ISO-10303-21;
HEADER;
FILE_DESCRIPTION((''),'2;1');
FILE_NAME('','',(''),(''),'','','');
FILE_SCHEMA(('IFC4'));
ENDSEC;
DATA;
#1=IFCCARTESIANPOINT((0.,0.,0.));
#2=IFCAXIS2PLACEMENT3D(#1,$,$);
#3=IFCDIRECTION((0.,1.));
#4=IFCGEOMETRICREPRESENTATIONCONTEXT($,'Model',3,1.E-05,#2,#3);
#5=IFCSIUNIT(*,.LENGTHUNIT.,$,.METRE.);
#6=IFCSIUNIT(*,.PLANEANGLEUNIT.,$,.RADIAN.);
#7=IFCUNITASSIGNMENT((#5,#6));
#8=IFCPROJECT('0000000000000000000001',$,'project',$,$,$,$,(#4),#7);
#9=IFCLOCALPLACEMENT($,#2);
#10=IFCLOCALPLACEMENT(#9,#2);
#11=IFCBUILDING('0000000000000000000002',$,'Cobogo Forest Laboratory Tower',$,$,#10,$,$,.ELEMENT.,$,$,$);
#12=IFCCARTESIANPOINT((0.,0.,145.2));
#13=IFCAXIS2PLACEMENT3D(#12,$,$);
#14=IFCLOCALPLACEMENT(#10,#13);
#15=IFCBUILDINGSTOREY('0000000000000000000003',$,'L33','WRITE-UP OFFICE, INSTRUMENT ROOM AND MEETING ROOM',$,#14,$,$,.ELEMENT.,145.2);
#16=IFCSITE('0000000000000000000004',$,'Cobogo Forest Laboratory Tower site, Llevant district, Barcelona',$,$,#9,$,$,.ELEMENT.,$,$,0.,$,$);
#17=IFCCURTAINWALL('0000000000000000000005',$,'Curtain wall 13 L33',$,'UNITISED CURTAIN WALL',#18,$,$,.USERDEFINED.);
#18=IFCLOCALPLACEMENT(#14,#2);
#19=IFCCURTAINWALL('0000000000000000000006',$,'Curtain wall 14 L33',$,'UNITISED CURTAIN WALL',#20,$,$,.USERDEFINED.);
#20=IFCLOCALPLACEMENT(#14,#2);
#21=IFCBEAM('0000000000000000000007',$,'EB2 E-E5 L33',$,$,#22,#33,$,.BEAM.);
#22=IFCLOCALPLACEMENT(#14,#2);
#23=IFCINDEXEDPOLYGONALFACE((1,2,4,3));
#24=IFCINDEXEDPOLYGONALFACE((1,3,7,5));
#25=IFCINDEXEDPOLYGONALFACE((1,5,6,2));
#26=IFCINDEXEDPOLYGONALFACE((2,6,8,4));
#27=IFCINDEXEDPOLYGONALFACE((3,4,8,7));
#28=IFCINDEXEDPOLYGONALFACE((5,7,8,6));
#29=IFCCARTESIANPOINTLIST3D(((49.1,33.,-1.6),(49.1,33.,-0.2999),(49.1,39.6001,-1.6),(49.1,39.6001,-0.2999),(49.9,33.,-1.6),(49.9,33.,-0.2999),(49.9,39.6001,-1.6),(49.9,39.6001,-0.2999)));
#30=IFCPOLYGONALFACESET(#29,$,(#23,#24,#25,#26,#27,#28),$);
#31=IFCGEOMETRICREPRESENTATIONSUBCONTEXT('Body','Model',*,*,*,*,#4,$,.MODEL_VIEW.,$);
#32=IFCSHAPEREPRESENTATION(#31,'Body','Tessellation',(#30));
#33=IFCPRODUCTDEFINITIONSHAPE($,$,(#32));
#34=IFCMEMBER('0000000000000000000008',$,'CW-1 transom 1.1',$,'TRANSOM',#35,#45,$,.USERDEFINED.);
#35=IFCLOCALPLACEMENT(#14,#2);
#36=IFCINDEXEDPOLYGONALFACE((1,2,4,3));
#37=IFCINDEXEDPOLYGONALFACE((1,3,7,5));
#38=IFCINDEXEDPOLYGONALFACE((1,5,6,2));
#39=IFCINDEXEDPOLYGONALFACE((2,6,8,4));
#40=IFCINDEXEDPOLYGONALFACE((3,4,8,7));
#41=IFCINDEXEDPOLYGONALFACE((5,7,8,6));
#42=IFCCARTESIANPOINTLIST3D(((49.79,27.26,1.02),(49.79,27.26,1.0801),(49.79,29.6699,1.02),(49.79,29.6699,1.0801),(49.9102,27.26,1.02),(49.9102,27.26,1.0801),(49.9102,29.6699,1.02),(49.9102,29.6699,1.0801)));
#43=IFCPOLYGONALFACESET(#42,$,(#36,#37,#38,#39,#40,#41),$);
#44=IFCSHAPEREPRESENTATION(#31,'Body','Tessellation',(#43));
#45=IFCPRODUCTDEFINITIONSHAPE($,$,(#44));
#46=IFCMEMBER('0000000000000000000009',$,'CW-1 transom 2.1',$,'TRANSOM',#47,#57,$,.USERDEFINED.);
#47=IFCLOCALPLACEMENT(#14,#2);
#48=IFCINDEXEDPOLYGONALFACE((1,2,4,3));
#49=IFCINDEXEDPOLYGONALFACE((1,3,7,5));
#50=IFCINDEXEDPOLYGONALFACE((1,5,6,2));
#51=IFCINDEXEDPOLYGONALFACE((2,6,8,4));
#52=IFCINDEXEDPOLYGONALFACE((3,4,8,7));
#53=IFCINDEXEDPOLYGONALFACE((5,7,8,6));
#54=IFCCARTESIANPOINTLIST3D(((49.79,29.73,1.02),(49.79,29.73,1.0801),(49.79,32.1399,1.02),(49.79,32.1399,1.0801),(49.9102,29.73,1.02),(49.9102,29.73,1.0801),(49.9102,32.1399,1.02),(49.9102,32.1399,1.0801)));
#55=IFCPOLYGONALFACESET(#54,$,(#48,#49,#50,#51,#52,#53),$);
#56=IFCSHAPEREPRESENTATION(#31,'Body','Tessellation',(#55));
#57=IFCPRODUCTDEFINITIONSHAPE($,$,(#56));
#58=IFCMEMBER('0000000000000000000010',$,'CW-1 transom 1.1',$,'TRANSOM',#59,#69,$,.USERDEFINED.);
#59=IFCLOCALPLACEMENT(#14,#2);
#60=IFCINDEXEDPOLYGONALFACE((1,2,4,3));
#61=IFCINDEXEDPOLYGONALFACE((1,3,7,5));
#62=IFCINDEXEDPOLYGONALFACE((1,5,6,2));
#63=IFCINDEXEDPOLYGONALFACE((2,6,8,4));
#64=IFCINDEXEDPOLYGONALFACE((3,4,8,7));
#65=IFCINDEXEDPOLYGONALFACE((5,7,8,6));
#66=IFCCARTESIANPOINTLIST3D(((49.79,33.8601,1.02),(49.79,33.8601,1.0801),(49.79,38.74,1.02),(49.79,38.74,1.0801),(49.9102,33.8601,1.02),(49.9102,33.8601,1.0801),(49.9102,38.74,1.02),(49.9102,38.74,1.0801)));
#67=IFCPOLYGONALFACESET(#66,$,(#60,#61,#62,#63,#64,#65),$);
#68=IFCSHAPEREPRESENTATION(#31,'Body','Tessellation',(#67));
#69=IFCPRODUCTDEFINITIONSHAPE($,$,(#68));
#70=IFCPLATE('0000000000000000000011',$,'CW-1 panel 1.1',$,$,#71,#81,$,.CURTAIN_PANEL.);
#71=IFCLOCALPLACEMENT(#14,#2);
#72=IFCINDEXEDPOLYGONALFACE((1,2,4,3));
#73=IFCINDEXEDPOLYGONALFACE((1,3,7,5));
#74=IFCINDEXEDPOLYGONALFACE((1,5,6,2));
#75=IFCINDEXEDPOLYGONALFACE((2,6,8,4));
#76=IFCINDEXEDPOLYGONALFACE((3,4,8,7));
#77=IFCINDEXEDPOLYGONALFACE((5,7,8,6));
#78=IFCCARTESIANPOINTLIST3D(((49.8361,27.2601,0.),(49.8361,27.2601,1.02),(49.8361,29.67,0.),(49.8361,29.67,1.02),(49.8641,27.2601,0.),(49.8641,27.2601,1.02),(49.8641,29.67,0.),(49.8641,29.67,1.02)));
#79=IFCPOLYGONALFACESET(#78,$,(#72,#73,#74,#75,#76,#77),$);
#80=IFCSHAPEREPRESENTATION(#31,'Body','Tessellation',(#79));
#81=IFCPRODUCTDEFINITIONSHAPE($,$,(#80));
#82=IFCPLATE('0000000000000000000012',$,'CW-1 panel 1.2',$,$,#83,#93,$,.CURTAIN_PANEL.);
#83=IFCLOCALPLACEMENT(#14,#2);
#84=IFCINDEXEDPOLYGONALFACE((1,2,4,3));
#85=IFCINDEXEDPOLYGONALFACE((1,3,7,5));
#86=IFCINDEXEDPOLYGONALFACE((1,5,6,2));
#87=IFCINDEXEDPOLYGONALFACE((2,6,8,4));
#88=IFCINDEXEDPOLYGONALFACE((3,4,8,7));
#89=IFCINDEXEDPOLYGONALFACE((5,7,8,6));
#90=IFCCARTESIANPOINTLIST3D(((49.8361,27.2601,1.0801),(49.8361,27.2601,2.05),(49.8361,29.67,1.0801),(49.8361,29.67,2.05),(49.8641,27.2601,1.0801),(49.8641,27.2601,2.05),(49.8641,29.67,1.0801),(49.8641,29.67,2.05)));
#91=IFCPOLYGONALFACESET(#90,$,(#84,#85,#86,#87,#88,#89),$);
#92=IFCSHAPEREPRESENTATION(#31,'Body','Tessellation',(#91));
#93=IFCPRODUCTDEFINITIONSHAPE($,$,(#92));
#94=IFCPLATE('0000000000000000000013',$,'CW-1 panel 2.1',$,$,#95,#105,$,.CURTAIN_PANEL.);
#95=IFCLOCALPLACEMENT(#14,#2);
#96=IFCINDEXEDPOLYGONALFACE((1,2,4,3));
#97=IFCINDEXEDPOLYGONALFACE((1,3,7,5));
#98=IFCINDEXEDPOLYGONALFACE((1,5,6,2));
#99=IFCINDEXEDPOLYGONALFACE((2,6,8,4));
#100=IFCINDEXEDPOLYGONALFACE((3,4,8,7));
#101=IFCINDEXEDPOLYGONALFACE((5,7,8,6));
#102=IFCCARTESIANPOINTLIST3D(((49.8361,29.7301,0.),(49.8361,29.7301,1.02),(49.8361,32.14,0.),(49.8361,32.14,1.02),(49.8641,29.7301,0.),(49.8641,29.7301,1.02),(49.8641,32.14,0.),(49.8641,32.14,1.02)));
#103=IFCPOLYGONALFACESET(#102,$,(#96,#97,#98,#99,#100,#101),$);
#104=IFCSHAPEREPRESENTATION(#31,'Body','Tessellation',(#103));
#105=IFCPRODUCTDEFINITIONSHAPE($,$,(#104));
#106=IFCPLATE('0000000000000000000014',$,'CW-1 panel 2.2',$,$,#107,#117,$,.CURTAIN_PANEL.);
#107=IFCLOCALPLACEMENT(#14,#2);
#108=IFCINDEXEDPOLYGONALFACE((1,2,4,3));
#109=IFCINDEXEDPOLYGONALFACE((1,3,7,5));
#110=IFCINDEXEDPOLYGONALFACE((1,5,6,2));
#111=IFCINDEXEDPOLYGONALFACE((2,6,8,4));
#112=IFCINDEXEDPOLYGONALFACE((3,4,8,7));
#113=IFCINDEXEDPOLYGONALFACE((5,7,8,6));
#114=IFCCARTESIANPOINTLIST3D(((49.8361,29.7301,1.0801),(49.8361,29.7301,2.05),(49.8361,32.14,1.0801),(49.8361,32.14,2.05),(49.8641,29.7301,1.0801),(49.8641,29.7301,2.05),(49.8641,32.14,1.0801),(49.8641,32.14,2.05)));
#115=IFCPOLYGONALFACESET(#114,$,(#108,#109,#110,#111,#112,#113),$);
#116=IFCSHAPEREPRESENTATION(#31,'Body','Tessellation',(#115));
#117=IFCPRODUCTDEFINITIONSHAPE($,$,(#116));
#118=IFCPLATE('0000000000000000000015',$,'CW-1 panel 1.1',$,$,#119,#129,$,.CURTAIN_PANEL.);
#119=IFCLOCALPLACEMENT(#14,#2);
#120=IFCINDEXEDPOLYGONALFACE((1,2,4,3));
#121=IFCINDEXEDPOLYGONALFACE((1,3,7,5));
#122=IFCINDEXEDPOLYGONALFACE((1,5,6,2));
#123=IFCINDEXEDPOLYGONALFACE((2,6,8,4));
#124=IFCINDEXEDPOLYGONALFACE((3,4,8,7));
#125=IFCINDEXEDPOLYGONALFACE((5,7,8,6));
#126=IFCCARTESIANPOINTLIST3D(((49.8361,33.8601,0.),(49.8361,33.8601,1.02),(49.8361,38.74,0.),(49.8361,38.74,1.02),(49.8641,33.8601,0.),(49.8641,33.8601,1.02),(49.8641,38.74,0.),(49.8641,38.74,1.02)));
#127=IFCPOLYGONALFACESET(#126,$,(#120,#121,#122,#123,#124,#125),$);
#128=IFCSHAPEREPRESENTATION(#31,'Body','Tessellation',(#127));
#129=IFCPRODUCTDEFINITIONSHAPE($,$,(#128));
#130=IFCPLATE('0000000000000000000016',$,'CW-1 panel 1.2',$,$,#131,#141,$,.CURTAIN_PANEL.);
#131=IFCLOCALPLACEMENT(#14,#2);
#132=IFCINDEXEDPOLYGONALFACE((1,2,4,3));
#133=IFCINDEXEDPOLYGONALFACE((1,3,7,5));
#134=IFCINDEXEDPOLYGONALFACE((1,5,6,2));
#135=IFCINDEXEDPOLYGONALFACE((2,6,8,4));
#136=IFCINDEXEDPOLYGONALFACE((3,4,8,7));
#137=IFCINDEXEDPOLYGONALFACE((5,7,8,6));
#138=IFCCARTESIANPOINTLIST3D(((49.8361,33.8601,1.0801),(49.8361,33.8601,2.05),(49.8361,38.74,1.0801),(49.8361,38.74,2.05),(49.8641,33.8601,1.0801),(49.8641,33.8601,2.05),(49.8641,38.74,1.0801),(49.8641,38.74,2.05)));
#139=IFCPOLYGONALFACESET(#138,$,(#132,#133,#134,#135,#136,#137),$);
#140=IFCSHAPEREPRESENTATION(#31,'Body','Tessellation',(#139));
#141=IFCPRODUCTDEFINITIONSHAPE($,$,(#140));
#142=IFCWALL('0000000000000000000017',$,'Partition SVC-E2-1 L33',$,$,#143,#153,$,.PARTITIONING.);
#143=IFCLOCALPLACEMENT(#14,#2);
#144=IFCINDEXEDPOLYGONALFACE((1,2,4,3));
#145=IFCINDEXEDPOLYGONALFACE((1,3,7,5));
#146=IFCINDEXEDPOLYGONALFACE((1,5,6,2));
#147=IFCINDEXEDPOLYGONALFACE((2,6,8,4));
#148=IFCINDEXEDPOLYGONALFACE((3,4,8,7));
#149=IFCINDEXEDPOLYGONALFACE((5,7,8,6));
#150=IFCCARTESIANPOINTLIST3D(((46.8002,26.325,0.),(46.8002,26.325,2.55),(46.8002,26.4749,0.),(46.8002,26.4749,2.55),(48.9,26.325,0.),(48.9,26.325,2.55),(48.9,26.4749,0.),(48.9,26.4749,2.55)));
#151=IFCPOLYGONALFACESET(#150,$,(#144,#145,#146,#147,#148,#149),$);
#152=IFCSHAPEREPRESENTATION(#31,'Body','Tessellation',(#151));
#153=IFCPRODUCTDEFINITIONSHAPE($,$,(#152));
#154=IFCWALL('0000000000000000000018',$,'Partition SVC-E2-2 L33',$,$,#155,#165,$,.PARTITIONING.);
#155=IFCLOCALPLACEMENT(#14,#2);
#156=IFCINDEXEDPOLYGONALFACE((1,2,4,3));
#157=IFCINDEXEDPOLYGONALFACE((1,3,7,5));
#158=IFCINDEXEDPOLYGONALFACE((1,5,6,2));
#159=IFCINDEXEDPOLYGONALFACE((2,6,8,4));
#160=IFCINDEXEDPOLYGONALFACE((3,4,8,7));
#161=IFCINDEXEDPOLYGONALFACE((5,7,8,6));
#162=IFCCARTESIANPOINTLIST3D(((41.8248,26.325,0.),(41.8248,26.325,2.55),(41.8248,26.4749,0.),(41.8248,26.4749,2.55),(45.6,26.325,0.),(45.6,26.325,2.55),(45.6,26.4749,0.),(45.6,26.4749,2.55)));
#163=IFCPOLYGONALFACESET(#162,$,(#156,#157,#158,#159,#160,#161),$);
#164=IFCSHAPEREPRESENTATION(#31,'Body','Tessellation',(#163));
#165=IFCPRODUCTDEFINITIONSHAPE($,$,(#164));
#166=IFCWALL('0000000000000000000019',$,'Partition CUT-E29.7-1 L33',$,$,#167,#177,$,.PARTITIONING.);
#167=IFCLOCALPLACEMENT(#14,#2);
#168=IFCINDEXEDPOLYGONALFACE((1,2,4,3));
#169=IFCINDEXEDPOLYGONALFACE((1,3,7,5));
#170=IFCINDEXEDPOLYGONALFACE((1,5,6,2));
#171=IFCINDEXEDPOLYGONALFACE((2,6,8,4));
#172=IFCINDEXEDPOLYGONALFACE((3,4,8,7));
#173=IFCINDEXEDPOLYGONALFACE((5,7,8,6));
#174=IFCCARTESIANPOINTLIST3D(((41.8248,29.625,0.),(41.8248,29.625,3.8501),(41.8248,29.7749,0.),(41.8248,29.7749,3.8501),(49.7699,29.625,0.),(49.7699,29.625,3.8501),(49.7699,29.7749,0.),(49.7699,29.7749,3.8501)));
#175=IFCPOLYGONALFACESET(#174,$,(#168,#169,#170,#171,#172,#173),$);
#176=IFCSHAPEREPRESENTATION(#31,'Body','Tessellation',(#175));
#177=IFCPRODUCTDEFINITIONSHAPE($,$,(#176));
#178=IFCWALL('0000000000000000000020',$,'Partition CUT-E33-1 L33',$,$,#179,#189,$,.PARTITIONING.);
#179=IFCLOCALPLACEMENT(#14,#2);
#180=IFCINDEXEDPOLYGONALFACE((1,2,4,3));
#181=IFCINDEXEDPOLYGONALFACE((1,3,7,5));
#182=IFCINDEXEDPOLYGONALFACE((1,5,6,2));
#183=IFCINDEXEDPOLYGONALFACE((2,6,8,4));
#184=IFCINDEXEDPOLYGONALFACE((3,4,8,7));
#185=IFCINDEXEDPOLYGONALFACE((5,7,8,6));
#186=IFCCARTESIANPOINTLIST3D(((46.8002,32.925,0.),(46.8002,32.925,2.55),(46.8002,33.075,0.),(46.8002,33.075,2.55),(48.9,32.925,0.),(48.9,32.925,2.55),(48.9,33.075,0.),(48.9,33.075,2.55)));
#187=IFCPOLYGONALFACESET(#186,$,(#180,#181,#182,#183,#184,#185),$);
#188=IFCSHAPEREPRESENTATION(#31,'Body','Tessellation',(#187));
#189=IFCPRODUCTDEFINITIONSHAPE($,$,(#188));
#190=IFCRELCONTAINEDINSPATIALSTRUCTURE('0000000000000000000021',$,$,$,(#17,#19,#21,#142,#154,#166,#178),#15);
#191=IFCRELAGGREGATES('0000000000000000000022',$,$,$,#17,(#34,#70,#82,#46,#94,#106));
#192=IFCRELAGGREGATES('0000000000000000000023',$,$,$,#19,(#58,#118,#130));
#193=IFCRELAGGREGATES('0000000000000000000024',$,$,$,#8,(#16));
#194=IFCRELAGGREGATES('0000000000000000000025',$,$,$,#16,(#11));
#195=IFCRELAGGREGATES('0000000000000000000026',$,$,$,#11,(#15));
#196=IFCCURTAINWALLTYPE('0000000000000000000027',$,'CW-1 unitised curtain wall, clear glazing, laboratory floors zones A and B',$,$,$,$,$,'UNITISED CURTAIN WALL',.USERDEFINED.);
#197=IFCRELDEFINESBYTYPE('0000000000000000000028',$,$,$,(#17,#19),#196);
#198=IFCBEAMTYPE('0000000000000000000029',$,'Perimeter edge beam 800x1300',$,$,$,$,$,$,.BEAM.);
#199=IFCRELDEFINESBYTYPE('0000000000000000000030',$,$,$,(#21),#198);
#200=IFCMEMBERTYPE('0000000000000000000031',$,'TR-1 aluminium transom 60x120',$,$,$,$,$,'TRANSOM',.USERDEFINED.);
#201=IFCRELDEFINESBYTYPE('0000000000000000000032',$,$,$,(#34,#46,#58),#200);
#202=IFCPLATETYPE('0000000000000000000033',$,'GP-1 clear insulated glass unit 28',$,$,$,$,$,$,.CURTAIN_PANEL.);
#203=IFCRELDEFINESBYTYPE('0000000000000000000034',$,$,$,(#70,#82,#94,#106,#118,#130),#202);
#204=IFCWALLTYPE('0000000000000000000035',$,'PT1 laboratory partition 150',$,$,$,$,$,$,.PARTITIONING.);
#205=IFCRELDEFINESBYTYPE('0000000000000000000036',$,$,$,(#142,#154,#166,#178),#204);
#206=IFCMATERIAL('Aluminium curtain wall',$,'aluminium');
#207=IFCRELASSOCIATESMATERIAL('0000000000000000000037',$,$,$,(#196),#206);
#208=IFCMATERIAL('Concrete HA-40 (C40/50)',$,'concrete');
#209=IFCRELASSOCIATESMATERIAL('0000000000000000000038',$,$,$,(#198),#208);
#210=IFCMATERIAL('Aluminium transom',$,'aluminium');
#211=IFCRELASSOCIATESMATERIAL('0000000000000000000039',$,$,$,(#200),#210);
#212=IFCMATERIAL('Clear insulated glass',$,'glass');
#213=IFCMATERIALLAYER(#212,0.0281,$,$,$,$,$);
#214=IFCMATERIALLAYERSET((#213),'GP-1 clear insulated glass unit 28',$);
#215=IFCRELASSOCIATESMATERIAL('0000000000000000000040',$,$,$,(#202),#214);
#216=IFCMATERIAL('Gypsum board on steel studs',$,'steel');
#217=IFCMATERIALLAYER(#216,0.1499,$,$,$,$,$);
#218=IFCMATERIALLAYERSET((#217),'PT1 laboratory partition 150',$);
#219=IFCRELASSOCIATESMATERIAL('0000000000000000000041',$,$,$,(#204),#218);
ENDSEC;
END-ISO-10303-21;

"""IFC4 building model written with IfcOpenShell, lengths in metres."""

from ifc_helpers import new_model, si_unit, direction, frame, frame_2d, origin, origin_2d, place, context, subcontext, project, spatial, rectangle, extrude, material, layer, layer_set, material_profile, profile_set, type_object, element, aggregate, save


model = new_model("IFC4")

# Units and contexts
model_context = context("Model", 3, precision=1e-05, world=origin(), true_north=direction((0.0, 1.0)))
body_context = subcontext(model_context, "Body", "Model", "MODEL_VIEW")
ifc_project = project(units=[si_unit("LENGTHUNIT", "METRE"), si_unit("PLANEANGLEUNIT", "RADIAN")], contexts=[model_context])

# Site, building, storey
site_placement = place(None, origin())
site = spatial("IfcSite", under=ifc_project, at=site_placement, Name="Cobogo Forest Laboratory Tower site, Llevant district, Barcelona", CompositionType="ELEMENT", RefElevation=0.0)
building_placement = place(site_placement, origin())
building = spatial("IfcBuilding", under=site, at=building_placement, Name="Cobogo Forest Laboratory Tower", CompositionType="ELEMENT")
storey_placement = place(building_placement, frame((0.0, 0.0, 145.2)))
storey = spatial("IfcBuildingStorey", under=building, at=storey_placement, Name="L33", Description="WRITE-UP OFFICE, INSTRUMENT ROOM AND MEETING ROOM", CompositionType="ELEMENT", Elevation=145.2)

# Shared definitions
ifc_material_1 = material(Name="Concrete HA-40 (C40/50)", Category="concrete")

# Curtain walls
ifc_material_2 = material(Name="Aluminium curtain wall", Category="aluminium")
curtain_wall_type = type_object("IfcCurtainWallType", Name="CW-1 unitised curtain wall, clear glazing, laboratory floors zones A and B", ElementType="UNITISED CURTAIN WALL", PredefinedType="USERDEFINED", material=ifc_material_2)
curtain_wall_1_placement = place(storey_placement, origin())
curtain_wall_1 = element("IfcCurtainWall", 1, at=curtain_wall_1_placement, inside=storey, type_object=curtain_wall_type, Name="Curtain wall 13 L33", ObjectType="UNITISED CURTAIN WALL", PredefinedType="USERDEFINED")
curtain_wall_2_placement = place(storey_placement, origin())
curtain_wall_2 = element("IfcCurtainWall", 2, at=curtain_wall_2_placement, inside=storey, type_object=curtain_wall_type, Name="Curtain wall 14 L33", ObjectType="UNITISED CURTAIN WALL", PredefinedType="USERDEFINED")

# Beam
ifc_material_profile_1 = material_profile(ifc_material_1, rectangle(XDim=0.8, YDim=1.3, at=origin_2d()), Name="RC 800x1300")
ifc_profile_set_1 = profile_set([ifc_material_profile_1], Name="Concrete HA-40 (C40/50)")
beam_type_1 = type_object("IfcBeamType", Name="Perimeter edge beam 800x1300", PredefinedType="BEAM", material=ifc_profile_set_1)
for number, where, z_axis, x_axis, name in (
    (3, (49.5, 33.0, -0.95), (0.0, 1.0, 0.0), (-1.0, 0.0, 0.0), "EB2 E-E5 L33"),
):
    element("IfcBeam", number, at=place(storey_placement, frame(where, z_axis=z_axis, x_axis=x_axis)), inside=storey, type_object=beam_type_1, Name=name, PredefinedType="BEAM", context=body_context, shape_type="SweptSolid", body=[
        extrude(rectangle(XDim=0.8, YDim=1.3, at=origin_2d()), origin(), (0.0, 0.0, 1.0), 6.6001),
    ])

# Members
ifc_material_3 = material(Name="Aluminium transom", Category="aluminium")
ifc_material_profile_2 = material_profile(ifc_material_3, rectangle(XDim=0.1201, YDim=0.0601, at=origin_2d()), Name="AL 60x120")
ifc_profile_set_2 = profile_set([ifc_material_profile_2], Name="Aluminium transom")
member_type_1 = type_object("IfcMemberType", Name="TR-1 aluminium transom 60x120", ElementType="TRANSOM", PredefinedType="USERDEFINED", material=ifc_profile_set_2)
member_1_placement = place(storey_placement, frame((49.8501, 27.26, 1.05), z_axis=(0.0, 1.0, 0.0), x_axis=(-1.0, 0.0, 0.0)))
member_1 = element("IfcMember", 4, at=member_1_placement, type_object=member_type_1, Name="CW-1 transom 1.1", ObjectType="TRANSOM", PredefinedType="USERDEFINED", context=body_context, shape_type="SweptSolid", body=[
    extrude(rectangle(XDim=0.1201, YDim=0.0601, at=origin_2d()), origin(), (0.0, 0.0, 1.0), 2.4099),
])
member_2_placement = place(storey_placement, frame((49.8501, 29.73, 1.05), z_axis=(0.0, 1.0, 0.0), x_axis=(-1.0, 0.0, 0.0)))
member_2 = element("IfcMember", 5, at=member_2_placement, type_object=member_type_1, Name="CW-1 transom 2.1", ObjectType="TRANSOM", PredefinedType="USERDEFINED", context=body_context, shape_type="SweptSolid", body=[
    extrude(rectangle(XDim=0.1201, YDim=0.0601, at=origin_2d()), origin(), (0.0, 0.0, 1.0), 2.4099),
])
member_3_placement = place(storey_placement, frame((49.8501, 33.8601, 1.05), z_axis=(0.0, 1.0, 0.0), x_axis=(-1.0, 0.0, 0.0)))
member_3 = element("IfcMember", 6, at=member_3_placement, type_object=member_type_1, Name="CW-1 transom 1.1", ObjectType="TRANSOM", PredefinedType="USERDEFINED", context=body_context, shape_type="SweptSolid", body=[
    extrude(rectangle(XDim=0.1201, YDim=0.0601, at=origin_2d()), origin(), (0.0, 0.0, 1.0), 4.8799),
])

# Plates
ifc_material_4 = material(Name="Clear insulated glass", Category="glass")
ifc_layer_1 = layer(ifc_material_4, 0.0281)
ifc_layer_set_1 = layer_set([ifc_layer_1], Name="GP-1 clear insulated glass unit 28")
plate_type_1 = type_object("IfcPlateType", Name="GP-1 clear insulated glass unit 28", PredefinedType="CURTAIN_PANEL", material=ifc_layer_set_1)
plate_1_placement = place(storey_placement, frame((49.8501, 28.4651, 0.0), z_axis=(0.0, 0.0, 1.0), x_axis=(0.0, 1.0, 0.0)))
plate_1 = element("IfcPlate", 7, at=plate_1_placement, type_object=plate_type_1, Name="CW-1 panel 1.1", PredefinedType="CURTAIN_PANEL", context=body_context, shape_type="SweptSolid", body=[
    extrude(rectangle(XDim=2.4099, YDim=0.0281, at=origin_2d()), origin(), (0.0, 0.0, 1.0), 1.02),
])
plate_2_placement = place(storey_placement, frame((49.8501, 28.4651, 1.0801), z_axis=(0.0, 0.0, 1.0), x_axis=(0.0, 1.0, 0.0)))
plate_2 = element("IfcPlate", 8, at=plate_2_placement, type_object=plate_type_1, Name="CW-1 panel 1.2", PredefinedType="CURTAIN_PANEL", context=body_context, shape_type="SweptSolid", body=[
    extrude(rectangle(XDim=2.4099, YDim=0.0281, at=origin_2d()), origin(), (0.0, 0.0, 1.0), 0.97),
])
plate_3_placement = place(storey_placement, frame((49.8501, 30.9351, 0.0), z_axis=(0.0, 0.0, 1.0), x_axis=(0.0, 1.0, 0.0)))
plate_3 = element("IfcPlate", 9, at=plate_3_placement, type_object=plate_type_1, Name="CW-1 panel 2.1", PredefinedType="CURTAIN_PANEL", context=body_context, shape_type="SweptSolid", body=[
    extrude(rectangle(XDim=2.4099, YDim=0.0281, at=origin_2d()), origin(), (0.0, 0.0, 1.0), 1.02),
])
plate_4_placement = place(storey_placement, frame((49.8501, 30.9351, 1.0801), z_axis=(0.0, 0.0, 1.0), x_axis=(0.0, 1.0, 0.0)))
plate_4 = element("IfcPlate", 10, at=plate_4_placement, type_object=plate_type_1, Name="CW-1 panel 2.2", PredefinedType="CURTAIN_PANEL", context=body_context, shape_type="SweptSolid", body=[
    extrude(rectangle(XDim=2.4099, YDim=0.0281, at=origin_2d()), origin(), (0.0, 0.0, 1.0), 0.97),
])
aggregate(curtain_wall_1, [member_1, plate_1, plate_2, member_2, plate_3, plate_4])
plate_5_placement = place(storey_placement, frame((49.8501, 36.3, 0.0), z_axis=(0.0, 0.0, 1.0), x_axis=(0.0, 1.0, 0.0)))
plate_5 = element("IfcPlate", 11, at=plate_5_placement, type_object=plate_type_1, Name="CW-1 panel 1.1", PredefinedType="CURTAIN_PANEL", context=body_context, shape_type="SweptSolid", body=[
    extrude(rectangle(XDim=4.8799, YDim=0.0281, at=origin_2d()), origin(), (0.0, 0.0, 1.0), 1.02),
])
plate_6_placement = place(storey_placement, frame((49.8501, 36.3, 1.0801), z_axis=(0.0, 0.0, 1.0), x_axis=(0.0, 1.0, 0.0)))
plate_6 = element("IfcPlate", 12, at=plate_6_placement, type_object=plate_type_1, Name="CW-1 panel 1.2", PredefinedType="CURTAIN_PANEL", context=body_context, shape_type="SweptSolid", body=[
    extrude(rectangle(XDim=4.8799, YDim=0.0281, at=origin_2d()), origin(), (0.0, 0.0, 1.0), 0.97),
])
aggregate(curtain_wall_2, [member_3, plate_5, plate_6])

# Walls
ifc_material_5 = material(Name="Gypsum board on steel studs", Category="steel")
ifc_layer_2 = layer(ifc_material_5, 0.1499)
ifc_layer_set_2 = layer_set([ifc_layer_2], Name="PT1 laboratory partition 150")
wall_type = type_object("IfcWallType", Name="PT1 laboratory partition 150", PredefinedType="PARTITIONING", material=ifc_layer_set_2)
wall_1_placement = place(storey_placement, frame((48.8999, 26.3999, 0.0), z_axis=(0.0, 0.0, 1.0), x_axis=(-1.0, 0.0, 0.0)))
element("IfcWall", 13, at=wall_1_placement, inside=storey, type_object=wall_type, Name="Partition SVC-E2-1 L33", PredefinedType="PARTITIONING", context=body_context, shape_type="SweptSolid", body=[
    extrude(rectangle(XDim=2.0999, YDim=0.1499, at=frame_2d((1.0498, 0.0))), origin(), (0.0, 0.0, 1.0), 2.55),
])
wall_2_placement = place(storey_placement, frame((45.6001, 26.3999, 0.0), z_axis=(0.0, 0.0, 1.0), x_axis=(-1.0, 0.0, 0.0)))
element("IfcWall", 14, at=wall_2_placement, inside=storey, type_object=wall_type, Name="Partition SVC-E2-2 L33", PredefinedType="PARTITIONING", context=body_context, shape_type="SweptSolid", body=[
    extrude(rectangle(XDim=3.7751, YDim=0.1499, at=frame_2d((1.8877, 0.0))), origin(), (0.0, 0.0, 1.0), 2.55),
])
wall_3_placement = place(storey_placement, frame((49.77, 29.7, 0.0), z_axis=(0.0, 0.0, 1.0), x_axis=(-1.0, 0.0, 0.0)))
element("IfcWall", 15, at=wall_3_placement, inside=storey, type_object=wall_type, Name="Partition CUT-E29.7-1 L33", PredefinedType="PARTITIONING", context=body_context, shape_type="SweptSolid", body=[
    extrude(rectangle(XDim=7.9451, YDim=0.1499, at=frame_2d((3.9727, 0.0))), origin(), (0.0, 0.0, 1.0), 3.8501),
])
wall_4_placement = place(storey_placement, frame((48.8999, 33.0, 0.0), z_axis=(0.0, 0.0, 1.0), x_axis=(-1.0, 0.0, 0.0)))
element("IfcWall", 16, at=wall_4_placement, inside=storey, type_object=wall_type, Name="Partition CUT-E33-1 L33", PredefinedType="PARTITIONING", context=body_context, shape_type="SweptSolid", body=[
    extrude(rectangle(XDim=2.0999, YDim=0.1499, at=frame_2d((1.0498, 0.0))), origin(), (0.0, 0.0, 1.0), 2.55),
])

save(model, "model.ifc")
